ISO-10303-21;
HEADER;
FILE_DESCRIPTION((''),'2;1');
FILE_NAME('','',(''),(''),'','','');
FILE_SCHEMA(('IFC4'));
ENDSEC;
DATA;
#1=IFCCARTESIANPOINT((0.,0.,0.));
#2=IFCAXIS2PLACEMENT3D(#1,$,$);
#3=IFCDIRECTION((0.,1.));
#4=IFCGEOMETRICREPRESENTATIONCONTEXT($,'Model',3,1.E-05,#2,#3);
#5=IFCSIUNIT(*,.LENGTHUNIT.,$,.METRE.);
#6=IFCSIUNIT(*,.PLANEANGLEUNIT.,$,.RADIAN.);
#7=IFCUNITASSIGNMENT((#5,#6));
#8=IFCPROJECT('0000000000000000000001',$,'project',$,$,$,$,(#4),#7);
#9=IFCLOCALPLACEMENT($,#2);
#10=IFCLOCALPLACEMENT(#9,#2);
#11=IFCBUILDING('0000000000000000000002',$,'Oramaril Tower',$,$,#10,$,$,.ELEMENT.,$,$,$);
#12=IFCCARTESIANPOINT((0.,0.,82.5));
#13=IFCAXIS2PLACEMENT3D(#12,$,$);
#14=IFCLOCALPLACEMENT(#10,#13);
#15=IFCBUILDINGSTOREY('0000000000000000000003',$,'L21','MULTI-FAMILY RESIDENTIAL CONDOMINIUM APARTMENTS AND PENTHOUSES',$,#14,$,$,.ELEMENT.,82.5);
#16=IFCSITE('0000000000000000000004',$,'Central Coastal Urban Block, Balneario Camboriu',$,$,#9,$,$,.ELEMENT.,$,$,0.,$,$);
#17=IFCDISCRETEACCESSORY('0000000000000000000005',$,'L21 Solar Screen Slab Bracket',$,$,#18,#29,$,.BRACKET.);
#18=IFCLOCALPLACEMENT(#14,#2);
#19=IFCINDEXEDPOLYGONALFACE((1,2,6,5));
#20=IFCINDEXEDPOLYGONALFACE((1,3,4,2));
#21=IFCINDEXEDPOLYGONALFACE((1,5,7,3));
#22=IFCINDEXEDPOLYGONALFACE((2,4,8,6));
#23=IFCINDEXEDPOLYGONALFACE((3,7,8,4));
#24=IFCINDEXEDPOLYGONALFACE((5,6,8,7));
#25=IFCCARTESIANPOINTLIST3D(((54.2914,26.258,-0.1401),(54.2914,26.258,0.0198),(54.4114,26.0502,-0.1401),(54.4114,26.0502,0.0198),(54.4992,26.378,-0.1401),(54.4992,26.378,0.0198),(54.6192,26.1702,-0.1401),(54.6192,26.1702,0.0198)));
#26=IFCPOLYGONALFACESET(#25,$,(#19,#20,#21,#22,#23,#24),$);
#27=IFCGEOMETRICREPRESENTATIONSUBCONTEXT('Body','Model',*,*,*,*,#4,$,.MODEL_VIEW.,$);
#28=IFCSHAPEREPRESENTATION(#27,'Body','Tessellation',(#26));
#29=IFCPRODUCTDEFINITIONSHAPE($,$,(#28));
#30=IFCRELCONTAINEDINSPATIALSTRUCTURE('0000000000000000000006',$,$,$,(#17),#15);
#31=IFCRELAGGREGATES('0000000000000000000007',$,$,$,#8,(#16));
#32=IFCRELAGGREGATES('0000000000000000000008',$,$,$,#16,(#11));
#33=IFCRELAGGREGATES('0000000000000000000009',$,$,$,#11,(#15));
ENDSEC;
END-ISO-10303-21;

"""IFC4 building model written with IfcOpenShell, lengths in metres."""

from ifc_helpers import new_model, si_unit, direction, frame, origin, origin_2d, place, context, subcontext, project, spatial, rectangle, extrude, element, save


model = new_model("IFC4")

# Units and contexts
model_context = context("Model", 3, precision=1e-05, world=origin(), true_north=direction((0.0, 1.0)))
body_context = subcontext(model_context, "Body", "Model", "MODEL_VIEW")
ifc_project = project(units=[si_unit("LENGTHUNIT", "METRE"), si_unit("PLANEANGLEUNIT", "RADIAN")], contexts=[model_context])

# Site, building, storey
site_placement = place(None, origin())
site = spatial("IfcSite", under=ifc_project, at=site_placement, Name="Central Coastal Urban Block, Balneario Camboriu", CompositionType="ELEMENT", RefElevation=0.0)
building_placement = place(site_placement, origin())
building = spatial("IfcBuilding", under=site, at=building_placement, Name="Oramaril Tower", CompositionType="ELEMENT")
storey_placement = place(building_placement, frame((0.0, 0.0, 82.5)))
storey = spatial("IfcBuildingStorey", under=building, at=storey_placement, Name="L21", Description="MULTI-FAMILY RESIDENTIAL CONDOMINIUM APARTMENTS AND PENTHOUSES", CompositionType="ELEMENT", Elevation=82.5)

# Discrete accessory
discrete_accessory_placement = place(storey_placement, frame((54.4553, 26.2141, -0.1401), z_axis=(0.0, 0.0, 1.0), x_axis=(-0.5, 0.866025, 0.0)))
element("IfcDiscreteAccessory", 1, at=discrete_accessory_placement, inside=storey, Name="L21 Solar Screen Slab Bracket", PredefinedType="BRACKET", context=body_context, shape_type="SweptSolid", body=[
    extrude(rectangle(XDim=0.24, YDim=0.24, at=origin_2d()), origin(), (0.0, 0.0, 1.0), 0.1599),
])

save(model, "model.ifc")
